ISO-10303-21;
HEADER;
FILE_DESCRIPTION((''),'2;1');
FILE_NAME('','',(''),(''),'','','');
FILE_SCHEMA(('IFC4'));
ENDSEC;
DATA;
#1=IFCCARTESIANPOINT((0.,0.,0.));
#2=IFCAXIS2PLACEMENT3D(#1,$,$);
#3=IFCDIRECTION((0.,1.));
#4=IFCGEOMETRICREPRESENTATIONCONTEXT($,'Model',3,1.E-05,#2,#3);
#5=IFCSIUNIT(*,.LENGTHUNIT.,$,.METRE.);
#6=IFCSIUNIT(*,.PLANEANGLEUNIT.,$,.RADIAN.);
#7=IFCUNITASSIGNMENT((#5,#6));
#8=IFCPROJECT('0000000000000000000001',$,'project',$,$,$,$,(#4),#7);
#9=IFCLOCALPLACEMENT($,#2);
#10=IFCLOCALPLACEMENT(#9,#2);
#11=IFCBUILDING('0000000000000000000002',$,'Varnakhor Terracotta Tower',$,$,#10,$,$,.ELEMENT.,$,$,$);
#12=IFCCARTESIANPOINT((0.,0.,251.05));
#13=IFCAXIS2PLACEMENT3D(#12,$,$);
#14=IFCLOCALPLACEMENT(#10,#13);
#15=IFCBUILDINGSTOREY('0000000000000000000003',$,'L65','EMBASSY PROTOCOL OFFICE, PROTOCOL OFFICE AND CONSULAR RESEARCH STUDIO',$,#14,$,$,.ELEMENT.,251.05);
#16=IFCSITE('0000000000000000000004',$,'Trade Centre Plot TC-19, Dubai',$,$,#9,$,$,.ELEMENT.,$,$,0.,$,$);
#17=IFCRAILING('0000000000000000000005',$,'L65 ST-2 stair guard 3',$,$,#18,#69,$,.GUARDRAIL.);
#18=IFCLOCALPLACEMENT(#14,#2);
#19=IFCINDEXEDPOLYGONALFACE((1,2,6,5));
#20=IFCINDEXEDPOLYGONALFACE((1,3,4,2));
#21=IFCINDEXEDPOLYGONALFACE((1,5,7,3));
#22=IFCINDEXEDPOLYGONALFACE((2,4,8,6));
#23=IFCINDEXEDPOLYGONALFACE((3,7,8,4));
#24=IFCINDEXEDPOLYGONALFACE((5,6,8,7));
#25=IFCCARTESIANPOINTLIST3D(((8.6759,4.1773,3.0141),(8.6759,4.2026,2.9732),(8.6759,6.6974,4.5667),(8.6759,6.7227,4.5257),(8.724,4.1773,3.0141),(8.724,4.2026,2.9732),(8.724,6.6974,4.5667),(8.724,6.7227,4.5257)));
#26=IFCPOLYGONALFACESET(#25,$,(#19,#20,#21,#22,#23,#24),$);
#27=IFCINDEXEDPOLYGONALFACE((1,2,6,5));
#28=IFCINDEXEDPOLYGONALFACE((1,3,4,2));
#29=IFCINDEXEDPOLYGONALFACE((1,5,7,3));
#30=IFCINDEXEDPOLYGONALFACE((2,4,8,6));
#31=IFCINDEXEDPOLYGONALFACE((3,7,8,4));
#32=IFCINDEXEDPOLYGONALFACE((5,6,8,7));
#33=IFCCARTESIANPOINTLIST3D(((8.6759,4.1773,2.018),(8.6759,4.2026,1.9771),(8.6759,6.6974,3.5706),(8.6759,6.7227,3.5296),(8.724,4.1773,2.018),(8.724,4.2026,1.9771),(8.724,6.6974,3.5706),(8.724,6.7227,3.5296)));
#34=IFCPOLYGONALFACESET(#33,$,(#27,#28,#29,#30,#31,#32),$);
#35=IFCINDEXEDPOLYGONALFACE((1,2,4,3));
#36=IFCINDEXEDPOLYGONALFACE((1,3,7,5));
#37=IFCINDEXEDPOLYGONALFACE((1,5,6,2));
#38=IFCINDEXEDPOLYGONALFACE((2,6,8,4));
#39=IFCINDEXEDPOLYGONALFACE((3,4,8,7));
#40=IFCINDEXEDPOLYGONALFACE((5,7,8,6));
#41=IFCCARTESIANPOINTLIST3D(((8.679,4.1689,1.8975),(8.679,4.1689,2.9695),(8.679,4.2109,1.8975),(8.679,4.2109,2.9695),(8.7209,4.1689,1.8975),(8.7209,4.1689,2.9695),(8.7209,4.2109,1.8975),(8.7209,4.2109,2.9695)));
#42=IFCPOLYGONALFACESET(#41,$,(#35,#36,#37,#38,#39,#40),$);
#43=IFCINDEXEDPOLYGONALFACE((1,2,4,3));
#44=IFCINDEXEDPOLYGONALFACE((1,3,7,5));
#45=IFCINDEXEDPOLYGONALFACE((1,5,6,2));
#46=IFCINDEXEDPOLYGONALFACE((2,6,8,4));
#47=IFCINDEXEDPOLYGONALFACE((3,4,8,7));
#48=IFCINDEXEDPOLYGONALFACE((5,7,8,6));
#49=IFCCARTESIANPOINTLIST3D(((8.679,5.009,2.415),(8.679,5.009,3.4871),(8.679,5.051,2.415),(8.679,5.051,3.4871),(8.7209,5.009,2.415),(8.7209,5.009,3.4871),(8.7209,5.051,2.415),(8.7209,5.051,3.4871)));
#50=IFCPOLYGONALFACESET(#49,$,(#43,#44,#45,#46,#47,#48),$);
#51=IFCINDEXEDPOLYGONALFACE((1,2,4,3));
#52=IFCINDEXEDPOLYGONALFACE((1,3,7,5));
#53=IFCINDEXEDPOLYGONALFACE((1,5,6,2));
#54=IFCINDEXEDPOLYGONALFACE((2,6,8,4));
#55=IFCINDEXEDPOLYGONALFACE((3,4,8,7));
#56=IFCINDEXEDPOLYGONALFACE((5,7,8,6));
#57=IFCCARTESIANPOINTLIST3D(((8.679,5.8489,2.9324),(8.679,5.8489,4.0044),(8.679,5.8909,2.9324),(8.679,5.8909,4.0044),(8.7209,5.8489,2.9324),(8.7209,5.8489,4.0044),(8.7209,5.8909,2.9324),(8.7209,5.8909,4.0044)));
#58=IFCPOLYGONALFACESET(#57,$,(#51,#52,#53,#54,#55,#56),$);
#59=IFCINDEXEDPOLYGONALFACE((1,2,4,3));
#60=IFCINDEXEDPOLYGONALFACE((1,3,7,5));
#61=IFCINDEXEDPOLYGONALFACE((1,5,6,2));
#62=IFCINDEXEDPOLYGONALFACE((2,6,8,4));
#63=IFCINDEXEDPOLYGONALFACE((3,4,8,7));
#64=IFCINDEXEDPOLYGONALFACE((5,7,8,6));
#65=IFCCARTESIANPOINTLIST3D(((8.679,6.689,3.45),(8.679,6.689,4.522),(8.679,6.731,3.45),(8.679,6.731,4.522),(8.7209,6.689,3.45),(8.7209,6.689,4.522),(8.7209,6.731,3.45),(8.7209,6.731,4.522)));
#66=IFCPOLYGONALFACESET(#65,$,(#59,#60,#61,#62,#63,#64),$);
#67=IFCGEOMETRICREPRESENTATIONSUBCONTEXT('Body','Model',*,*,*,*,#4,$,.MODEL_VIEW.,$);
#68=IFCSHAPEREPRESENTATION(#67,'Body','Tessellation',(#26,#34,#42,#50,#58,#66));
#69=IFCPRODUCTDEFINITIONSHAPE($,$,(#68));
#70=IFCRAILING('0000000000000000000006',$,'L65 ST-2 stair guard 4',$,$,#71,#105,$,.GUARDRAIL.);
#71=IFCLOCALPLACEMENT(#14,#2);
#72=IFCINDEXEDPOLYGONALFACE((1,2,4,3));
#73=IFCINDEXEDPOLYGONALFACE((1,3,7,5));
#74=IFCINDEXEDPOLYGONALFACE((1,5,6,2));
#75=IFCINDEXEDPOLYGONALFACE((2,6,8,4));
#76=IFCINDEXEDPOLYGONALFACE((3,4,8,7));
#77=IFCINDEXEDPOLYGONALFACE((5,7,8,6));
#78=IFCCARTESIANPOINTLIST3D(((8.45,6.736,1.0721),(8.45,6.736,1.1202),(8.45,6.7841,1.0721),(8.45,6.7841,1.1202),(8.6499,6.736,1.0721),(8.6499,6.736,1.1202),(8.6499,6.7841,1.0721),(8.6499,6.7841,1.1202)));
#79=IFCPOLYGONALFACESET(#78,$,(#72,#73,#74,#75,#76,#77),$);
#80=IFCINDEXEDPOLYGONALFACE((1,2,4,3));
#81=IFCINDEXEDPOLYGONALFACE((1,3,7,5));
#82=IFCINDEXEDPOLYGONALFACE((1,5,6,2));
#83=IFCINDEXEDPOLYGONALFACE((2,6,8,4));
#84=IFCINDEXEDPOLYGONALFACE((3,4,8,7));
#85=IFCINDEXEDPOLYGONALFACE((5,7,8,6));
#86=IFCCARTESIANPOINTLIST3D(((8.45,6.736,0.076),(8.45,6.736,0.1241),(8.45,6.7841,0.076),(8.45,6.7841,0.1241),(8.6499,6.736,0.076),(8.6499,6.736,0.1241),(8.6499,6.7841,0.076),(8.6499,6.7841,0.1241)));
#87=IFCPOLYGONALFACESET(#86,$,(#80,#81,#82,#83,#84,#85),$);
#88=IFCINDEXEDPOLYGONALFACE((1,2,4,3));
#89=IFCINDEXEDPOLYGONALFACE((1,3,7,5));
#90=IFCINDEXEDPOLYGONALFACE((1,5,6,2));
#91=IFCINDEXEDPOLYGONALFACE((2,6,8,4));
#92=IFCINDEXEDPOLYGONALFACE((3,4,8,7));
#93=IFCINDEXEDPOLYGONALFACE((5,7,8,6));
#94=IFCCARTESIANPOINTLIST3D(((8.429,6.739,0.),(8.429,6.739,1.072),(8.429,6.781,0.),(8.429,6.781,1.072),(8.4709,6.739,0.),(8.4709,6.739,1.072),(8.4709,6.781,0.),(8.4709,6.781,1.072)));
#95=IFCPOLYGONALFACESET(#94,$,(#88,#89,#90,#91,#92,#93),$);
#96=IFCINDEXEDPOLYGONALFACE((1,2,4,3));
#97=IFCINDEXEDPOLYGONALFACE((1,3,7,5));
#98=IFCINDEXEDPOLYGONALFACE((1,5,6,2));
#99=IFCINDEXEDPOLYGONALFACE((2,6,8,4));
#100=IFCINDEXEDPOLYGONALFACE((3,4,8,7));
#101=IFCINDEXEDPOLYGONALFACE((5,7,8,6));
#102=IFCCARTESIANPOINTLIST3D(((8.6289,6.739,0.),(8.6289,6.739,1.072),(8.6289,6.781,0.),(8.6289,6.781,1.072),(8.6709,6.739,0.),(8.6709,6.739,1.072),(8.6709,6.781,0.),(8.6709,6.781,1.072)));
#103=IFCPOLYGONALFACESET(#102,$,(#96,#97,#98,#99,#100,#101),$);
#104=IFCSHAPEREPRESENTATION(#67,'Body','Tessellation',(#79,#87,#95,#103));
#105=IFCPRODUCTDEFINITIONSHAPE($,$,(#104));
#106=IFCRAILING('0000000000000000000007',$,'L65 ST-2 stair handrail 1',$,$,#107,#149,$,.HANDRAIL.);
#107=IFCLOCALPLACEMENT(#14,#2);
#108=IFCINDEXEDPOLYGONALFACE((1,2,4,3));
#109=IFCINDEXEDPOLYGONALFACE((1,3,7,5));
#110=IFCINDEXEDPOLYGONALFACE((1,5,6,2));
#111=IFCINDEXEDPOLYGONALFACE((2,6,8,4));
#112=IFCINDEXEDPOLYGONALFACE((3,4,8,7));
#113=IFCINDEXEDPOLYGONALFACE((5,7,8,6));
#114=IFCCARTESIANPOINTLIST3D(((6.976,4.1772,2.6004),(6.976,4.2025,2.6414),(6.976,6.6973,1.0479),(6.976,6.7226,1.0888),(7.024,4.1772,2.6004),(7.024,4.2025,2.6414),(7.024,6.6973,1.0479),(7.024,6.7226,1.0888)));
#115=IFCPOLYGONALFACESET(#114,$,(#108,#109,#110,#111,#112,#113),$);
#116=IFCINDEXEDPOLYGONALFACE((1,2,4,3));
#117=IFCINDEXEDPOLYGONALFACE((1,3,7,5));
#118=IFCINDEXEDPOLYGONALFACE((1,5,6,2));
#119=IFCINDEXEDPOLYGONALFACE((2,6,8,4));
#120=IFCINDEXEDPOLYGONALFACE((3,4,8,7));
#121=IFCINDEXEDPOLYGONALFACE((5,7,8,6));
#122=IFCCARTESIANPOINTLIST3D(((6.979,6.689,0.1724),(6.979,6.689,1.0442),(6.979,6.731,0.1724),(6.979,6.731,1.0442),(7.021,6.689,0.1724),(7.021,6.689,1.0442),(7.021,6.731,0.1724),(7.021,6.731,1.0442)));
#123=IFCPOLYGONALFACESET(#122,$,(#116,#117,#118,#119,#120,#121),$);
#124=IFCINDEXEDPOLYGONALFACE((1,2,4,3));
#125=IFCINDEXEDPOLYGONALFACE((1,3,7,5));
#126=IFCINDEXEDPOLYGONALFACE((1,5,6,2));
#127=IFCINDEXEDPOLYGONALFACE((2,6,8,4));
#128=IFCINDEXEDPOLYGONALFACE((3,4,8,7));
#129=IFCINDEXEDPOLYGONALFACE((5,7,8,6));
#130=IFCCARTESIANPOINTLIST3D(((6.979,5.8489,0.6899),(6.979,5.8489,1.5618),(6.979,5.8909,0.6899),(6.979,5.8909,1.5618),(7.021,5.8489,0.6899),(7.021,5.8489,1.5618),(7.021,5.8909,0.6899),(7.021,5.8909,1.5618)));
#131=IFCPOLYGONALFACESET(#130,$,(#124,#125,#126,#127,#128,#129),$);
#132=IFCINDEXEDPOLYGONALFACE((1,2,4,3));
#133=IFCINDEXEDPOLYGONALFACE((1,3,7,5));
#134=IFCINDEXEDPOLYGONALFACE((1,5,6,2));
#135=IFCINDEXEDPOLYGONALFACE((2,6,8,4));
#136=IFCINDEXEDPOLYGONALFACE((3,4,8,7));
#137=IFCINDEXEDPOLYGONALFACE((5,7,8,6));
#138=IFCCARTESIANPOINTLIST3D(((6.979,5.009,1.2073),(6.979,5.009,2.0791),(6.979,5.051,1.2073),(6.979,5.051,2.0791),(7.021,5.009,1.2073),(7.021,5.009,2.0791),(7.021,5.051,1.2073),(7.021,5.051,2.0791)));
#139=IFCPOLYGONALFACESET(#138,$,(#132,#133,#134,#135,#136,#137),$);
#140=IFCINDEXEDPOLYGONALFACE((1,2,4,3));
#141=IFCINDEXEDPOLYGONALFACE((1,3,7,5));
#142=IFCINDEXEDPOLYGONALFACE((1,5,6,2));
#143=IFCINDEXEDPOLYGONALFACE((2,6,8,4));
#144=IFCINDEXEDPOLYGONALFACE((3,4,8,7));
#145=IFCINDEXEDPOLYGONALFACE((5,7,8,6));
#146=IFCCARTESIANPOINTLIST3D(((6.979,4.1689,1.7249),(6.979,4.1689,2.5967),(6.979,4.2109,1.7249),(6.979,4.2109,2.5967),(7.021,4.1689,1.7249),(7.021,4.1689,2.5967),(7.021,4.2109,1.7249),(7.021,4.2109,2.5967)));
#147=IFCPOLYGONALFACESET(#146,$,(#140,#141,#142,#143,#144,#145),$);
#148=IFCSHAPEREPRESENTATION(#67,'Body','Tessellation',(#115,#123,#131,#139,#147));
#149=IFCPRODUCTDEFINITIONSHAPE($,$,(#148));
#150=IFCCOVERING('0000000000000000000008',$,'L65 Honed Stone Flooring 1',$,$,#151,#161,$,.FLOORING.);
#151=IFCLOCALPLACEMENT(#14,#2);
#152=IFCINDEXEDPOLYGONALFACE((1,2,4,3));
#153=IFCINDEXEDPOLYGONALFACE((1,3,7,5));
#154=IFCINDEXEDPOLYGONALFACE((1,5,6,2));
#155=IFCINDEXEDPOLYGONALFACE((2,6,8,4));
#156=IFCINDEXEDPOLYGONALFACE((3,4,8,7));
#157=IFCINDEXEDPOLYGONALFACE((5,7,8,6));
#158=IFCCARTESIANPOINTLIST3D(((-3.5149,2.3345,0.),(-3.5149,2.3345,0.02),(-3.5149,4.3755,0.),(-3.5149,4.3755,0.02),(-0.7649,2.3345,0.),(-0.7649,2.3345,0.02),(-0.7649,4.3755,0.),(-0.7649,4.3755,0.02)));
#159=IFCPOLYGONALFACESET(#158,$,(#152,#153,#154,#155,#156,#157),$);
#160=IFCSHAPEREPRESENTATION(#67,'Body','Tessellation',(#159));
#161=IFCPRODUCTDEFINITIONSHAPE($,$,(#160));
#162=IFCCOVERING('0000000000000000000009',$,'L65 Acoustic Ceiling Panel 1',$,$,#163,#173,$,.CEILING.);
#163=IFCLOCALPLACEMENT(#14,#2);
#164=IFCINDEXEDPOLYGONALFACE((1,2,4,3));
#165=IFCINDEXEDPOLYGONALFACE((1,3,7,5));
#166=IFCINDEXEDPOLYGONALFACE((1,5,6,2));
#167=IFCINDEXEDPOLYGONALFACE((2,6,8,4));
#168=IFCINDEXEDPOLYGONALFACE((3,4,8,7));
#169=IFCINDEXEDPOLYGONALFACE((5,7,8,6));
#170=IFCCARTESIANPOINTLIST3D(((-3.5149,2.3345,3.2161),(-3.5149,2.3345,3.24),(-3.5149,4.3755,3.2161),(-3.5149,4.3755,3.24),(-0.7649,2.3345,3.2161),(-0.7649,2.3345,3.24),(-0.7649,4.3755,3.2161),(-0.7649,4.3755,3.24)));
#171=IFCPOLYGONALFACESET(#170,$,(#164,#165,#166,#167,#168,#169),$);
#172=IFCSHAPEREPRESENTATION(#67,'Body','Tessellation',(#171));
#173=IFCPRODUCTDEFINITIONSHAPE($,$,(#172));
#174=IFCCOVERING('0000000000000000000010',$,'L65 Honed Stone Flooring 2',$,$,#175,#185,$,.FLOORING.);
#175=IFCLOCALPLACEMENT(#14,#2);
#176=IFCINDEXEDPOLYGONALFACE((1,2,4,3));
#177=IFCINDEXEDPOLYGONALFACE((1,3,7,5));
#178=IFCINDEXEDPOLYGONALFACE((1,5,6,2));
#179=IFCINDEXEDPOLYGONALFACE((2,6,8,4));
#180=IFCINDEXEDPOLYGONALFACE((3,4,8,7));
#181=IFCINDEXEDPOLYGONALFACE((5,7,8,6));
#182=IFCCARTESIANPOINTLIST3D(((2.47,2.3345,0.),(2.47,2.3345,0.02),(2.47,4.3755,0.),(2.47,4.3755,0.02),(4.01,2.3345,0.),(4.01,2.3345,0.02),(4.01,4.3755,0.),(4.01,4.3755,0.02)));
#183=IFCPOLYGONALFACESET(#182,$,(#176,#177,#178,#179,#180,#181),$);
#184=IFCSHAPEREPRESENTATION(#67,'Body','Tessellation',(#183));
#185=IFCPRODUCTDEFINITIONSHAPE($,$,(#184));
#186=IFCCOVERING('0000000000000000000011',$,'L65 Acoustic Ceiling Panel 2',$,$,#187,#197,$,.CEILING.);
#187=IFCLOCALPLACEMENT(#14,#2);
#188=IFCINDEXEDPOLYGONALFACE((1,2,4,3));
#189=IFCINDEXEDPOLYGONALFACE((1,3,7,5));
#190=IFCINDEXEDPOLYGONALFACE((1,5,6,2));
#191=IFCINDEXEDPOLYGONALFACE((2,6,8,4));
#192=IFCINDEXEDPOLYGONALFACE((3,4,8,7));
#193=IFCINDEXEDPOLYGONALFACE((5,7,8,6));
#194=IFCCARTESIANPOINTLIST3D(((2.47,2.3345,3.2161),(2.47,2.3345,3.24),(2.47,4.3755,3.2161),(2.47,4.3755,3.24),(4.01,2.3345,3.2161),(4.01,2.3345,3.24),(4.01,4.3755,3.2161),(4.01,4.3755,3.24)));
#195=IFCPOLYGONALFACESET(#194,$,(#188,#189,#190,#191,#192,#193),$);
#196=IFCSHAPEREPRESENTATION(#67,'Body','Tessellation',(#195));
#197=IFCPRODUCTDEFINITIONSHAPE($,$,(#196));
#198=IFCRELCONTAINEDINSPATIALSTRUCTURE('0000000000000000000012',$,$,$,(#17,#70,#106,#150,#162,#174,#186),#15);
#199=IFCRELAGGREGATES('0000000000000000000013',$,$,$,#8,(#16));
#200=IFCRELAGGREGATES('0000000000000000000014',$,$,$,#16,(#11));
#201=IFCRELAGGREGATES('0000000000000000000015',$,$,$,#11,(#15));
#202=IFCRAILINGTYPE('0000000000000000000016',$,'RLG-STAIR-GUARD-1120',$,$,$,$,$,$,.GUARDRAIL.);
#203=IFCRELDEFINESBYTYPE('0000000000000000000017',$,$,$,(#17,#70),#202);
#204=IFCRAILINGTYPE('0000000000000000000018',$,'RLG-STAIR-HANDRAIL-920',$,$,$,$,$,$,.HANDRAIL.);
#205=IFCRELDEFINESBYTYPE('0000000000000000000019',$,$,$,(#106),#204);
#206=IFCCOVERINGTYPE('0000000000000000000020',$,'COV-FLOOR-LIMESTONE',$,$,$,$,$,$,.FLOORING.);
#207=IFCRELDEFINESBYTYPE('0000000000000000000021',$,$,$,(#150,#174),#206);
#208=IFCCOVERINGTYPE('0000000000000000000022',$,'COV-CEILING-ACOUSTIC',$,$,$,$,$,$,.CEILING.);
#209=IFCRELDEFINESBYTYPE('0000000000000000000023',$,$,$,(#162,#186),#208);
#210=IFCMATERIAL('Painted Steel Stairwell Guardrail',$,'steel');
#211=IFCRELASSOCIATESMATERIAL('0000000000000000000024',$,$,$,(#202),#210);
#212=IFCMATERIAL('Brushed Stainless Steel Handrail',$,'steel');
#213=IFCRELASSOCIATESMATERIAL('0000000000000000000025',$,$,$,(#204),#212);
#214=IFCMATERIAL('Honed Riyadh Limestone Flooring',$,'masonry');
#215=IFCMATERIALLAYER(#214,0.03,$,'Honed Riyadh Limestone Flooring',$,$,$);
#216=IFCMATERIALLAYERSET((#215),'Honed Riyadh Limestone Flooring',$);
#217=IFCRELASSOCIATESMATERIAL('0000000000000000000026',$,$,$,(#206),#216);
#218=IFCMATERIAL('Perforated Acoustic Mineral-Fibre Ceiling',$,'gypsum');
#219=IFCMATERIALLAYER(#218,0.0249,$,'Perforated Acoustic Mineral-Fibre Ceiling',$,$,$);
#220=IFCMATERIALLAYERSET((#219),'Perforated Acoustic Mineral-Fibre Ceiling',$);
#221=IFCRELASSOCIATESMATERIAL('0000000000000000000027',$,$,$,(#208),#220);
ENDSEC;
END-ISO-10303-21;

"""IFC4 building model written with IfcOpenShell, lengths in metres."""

from ifc_helpers import new_model, si_unit, direction, frame, origin, origin_2d, place, context, subcontext, project, spatial, rectangle, extrude, source, transform, mapped, material, layer, layer_set, type_object, element, save


model = new_model("IFC4")

# Units and contexts
model_context = context("Model", 3, precision=1e-05, world=origin(), true_north=direction((0.0, 1.0)))
body_context = subcontext(model_context, "Body", "Model", "MODEL_VIEW")
ifc_project = project(units=[si_unit("LENGTHUNIT", "METRE"), si_unit("PLANEANGLEUNIT", "RADIAN")], contexts=[model_context])

# Site, building, storey
site_placement = place(None, origin())
site = spatial("IfcSite", under=ifc_project, at=site_placement, Name="Trade Centre Plot TC-19, Dubai", CompositionType="ELEMENT", RefElevation=0.0)
building_placement = place(site_placement, origin())
building = spatial("IfcBuilding", under=site, at=building_placement, Name="Varnakhor Terracotta Tower", CompositionType="ELEMENT")
storey_placement = place(building_placement, frame((0.0, 0.0, 251.05)))
storey = spatial("IfcBuildingStorey", under=building, at=storey_placement, Name="L65", Description="EMBASSY PROTOCOL OFFICE, PROTOCOL OFFICE AND CONSULAR RESEARCH STUDIO", CompositionType="ELEMENT", Elevation=251.05)

# Railings
ifc_material_1 = material(Name="Painted Steel Stairwell Guardrail", Category="steel")
railing_type_1 = type_object("IfcRailingType", Name="RLG-STAIR-GUARD-1120", PredefinedType="GUARDRAIL", material=ifc_material_1)
railing_1_placement = place(storey_placement, frame((8.7, 4.1899, 1.8975)))
element("IfcRailing", 1, at=railing_1_placement, inside=storey, type_object=railing_type_1, Name="L65 ST-2 stair guard 3", PredefinedType="GUARDRAIL", context=body_context, shape_type="SweptSolid", body=[
    extrude(rectangle(XDim=0.0481, YDim=0.0481, at=origin_2d()), frame((0.0, 0.0, 1.0962), z_axis=(0.0, 0.8514, 0.524516), x_axis=(-1.0, 0.0, 0.0)), (0.0, 0.0, 1.0), 2.96),
    extrude(rectangle(XDim=0.0481, YDim=0.0481, at=origin_2d()), frame((0.0, 0.0, 0.1001), z_axis=(0.0, 0.8514, 0.524516), x_axis=(-1.0, 0.0, 0.0)), (0.0, 0.0, 1.0), 2.96),
    extrude(rectangle(XDim=0.042, YDim=0.042, at=origin_2d()), origin(), (0.0, 0.0, 1.0), 1.072),
    extrude(rectangle(XDim=0.042, YDim=0.042, at=origin_2d()), frame((0.0, 0.8401, 0.5176)), (0.0, 0.0, 1.0), 1.072),
    extrude(rectangle(XDim=0.042, YDim=0.042, at=origin_2d()), frame((0.0, 1.6799, 1.0349)), (0.0, 0.0, 1.0), 1.072),
    extrude(rectangle(XDim=0.042, YDim=0.042, at=origin_2d()), frame((0.0, 2.52, 1.5525)), (0.0, 0.0, 1.0), 1.072),
])
railing_2_placement = place(storey_placement, frame((8.45, 6.76, 0.0)))
element("IfcRailing", 2, at=railing_2_placement, inside=storey, type_object=railing_type_1, Name="L65 ST-2 stair guard 4", PredefinedType="GUARDRAIL", context=body_context, shape_type="SweptSolid", body=[
    extrude(rectangle(XDim=0.0481, YDim=0.0481, at=origin_2d()), frame((0.0, 0.0, 1.0962), z_axis=(1.0, 0.0, 0.0), x_axis=(0.0, 1.0, 0.0)), (0.0, 0.0, 1.0), 0.2),
    extrude(rectangle(XDim=0.0481, YDim=0.0481, at=origin_2d()), frame((0.0, 0.0, 0.1001), z_axis=(1.0, 0.0, 0.0), x_axis=(0.0, 1.0, 0.0)), (0.0, 0.0, 1.0), 0.2),
    extrude(rectangle(XDim=0.042, YDim=0.042, at=origin_2d()), origin(), (0.0, 0.0, 1.0), 1.072),
    extrude(rectangle(XDim=0.042, YDim=0.042, at=origin_2d()), frame((0.2, 0.0, 0.0)), (0.0, 0.0, 1.0), 1.072),
])
ifc_material_2 = material(Name="Brushed Stainless Steel Handrail", Category="steel")
railing_type_2 = type_object("IfcRailingType", Name="RLG-STAIR-HANDRAIL-920", PredefinedType="HANDRAIL", material=ifc_material_2)
railing_3_placement = place(storey_placement, frame((7.0, 6.71, 0.1724)))
element("IfcRailing", 3, at=railing_3_placement, inside=storey, type_object=railing_type_2, Name="L65 ST-2 stair handrail 1", PredefinedType="HANDRAIL", context=body_context, shape_type="SweptSolid", body=[
    extrude(rectangle(XDim=0.0481, YDim=0.0481, at=origin_2d()), frame((0.0, 0.0, 0.896), z_axis=(0.0, -0.8514, 0.524516), x_axis=(1.0, 0.0, 0.0)), (0.0, 0.0, 1.0), 2.96),
    extrude(rectangle(XDim=0.042, YDim=0.042, at=origin_2d()), origin(), (0.0, 0.0, 1.0), 0.8718),
    extrude(rectangle(XDim=0.042, YDim=0.042, at=origin_2d()), frame((0.0, -0.8401, 0.5176)), (0.0, 0.0, 1.0), 0.8718),
    extrude(rectangle(XDim=0.042, YDim=0.042, at=origin_2d()), frame((0.0, -1.6799, 1.0349)), (0.0, 0.0, 1.0), 0.8718),
    extrude(rectangle(XDim=0.042, YDim=0.042, at=origin_2d()), frame((0.0, -2.52, 1.5525)), (0.0, 0.0, 1.0), 0.8718),
])

# Coverings
ifc_material_3 = material(Name="Honed Riyadh Limestone Flooring", Category="masonry")
ifc_layer_1 = layer(ifc_material_3, 0.03, Name="Honed Riyadh Limestone Flooring")
ifc_layer_set_1 = layer_set([ifc_layer_1], Name="Honed Riyadh Limestone Flooring")
covering_type_1 = type_object("IfcCoveringType", Name="COV-FLOOR-LIMESTONE", PredefinedType="FLOORING", material=ifc_layer_set_1)
shared_shape_1 = source(origin(), body_context, "Body", "SweptSolid", [
    extrude(rectangle(XDim=2.75, YDim=2.041, at=origin_2d()), origin(), (0.0, 0.0, 1.0), 0.02),
])
covering_1_placement = place(storey_placement, frame((-2.1399, 3.355, 0.0), z_axis=(0.0, 0.0, 1.0), x_axis=(1.0, 0.0, 0.0)))
element("IfcCovering", 4, at=covering_1_placement, inside=storey, type_object=covering_type_1, Name="L65 Honed Stone Flooring 1", PredefinedType="FLOORING", context=body_context, shape_type="MappedRepresentation", body=[
    mapped(shared_shape_1, transform((0.0, 0.0, 0.0), scale=1.0)),
])
ifc_material_4 = material(Name="Perforated Acoustic Mineral-Fibre Ceiling", Category="gypsum")
ifc_layer_2 = layer(ifc_material_4, 0.0249, Name="Perforated Acoustic Mineral-Fibre Ceiling")
ifc_layer_set_2 = layer_set([ifc_layer_2], Name="Perforated Acoustic Mineral-Fibre Ceiling")
covering_type_2 = type_object("IfcCoveringType", Name="COV-CEILING-ACOUSTIC", PredefinedType="CEILING", material=ifc_layer_set_2)
shared_shape_2 = source(origin(), body_context, "Body", "SweptSolid", [
    extrude(rectangle(XDim=2.75, YDim=2.041, at=origin_2d()), origin(), (0.0, 0.0, 1.0), 0.0239),
])
covering_2_placement = place(storey_placement, frame((-2.1399, 3.355, 3.2161), z_axis=(0.0, 0.0, 1.0), x_axis=(1.0, 0.0, 0.0)))
element("IfcCovering", 5, at=covering_2_placement, inside=storey, type_object=covering_type_2, Name="L65 Acoustic Ceiling Panel 1", PredefinedType="CEILING", context=body_context, shape_type="MappedRepresentation", body=[
    mapped(shared_shape_2, transform((0.0, 0.0, 0.0), scale=1.0)),
])
shared_shape_3 = source(origin(), body_context, "Body", "SweptSolid", [
    extrude(rectangle(XDim=1.54, YDim=2.041, at=origin_2d()), origin(), (0.0, 0.0, 1.0), 0.02),
])
covering_3_placement = place(storey_placement, frame((3.24, 3.355, 0.0), z_axis=(0.0, 0.0, 1.0), x_axis=(1.0, 0.0, 0.0)))
element("IfcCovering", 6, at=covering_3_placement, inside=storey, type_object=covering_type_1, Name="L65 Honed Stone Flooring 2", PredefinedType="FLOORING", context=body_context, shape_type="MappedRepresentation", body=[
    mapped(shared_shape_3, transform((0.0, 0.0, 0.0), scale=1.0)),
])
shared_shape_4 = source(origin(), body_context, "Body", "SweptSolid", [
    extrude(rectangle(XDim=1.54, YDim=2.041, at=origin_2d()), origin(), (0.0, 0.0, 1.0), 0.0239),
])
covering_4_placement = place(storey_placement, frame((3.24, 3.355, 3.2161), z_axis=(0.0, 0.0, 1.0), x_axis=(1.0, 0.0, 0.0)))
element("IfcCovering", 7, at=covering_4_placement, inside=storey, type_object=covering_type_2, Name="L65 Acoustic Ceiling Panel 2", PredefinedType="CEILING", context=body_context, shape_type="MappedRepresentation", body=[
    mapped(shared_shape_4, transform((0.0, 0.0, 0.0), scale=1.0)),
])

save(model, "model.ifc")
